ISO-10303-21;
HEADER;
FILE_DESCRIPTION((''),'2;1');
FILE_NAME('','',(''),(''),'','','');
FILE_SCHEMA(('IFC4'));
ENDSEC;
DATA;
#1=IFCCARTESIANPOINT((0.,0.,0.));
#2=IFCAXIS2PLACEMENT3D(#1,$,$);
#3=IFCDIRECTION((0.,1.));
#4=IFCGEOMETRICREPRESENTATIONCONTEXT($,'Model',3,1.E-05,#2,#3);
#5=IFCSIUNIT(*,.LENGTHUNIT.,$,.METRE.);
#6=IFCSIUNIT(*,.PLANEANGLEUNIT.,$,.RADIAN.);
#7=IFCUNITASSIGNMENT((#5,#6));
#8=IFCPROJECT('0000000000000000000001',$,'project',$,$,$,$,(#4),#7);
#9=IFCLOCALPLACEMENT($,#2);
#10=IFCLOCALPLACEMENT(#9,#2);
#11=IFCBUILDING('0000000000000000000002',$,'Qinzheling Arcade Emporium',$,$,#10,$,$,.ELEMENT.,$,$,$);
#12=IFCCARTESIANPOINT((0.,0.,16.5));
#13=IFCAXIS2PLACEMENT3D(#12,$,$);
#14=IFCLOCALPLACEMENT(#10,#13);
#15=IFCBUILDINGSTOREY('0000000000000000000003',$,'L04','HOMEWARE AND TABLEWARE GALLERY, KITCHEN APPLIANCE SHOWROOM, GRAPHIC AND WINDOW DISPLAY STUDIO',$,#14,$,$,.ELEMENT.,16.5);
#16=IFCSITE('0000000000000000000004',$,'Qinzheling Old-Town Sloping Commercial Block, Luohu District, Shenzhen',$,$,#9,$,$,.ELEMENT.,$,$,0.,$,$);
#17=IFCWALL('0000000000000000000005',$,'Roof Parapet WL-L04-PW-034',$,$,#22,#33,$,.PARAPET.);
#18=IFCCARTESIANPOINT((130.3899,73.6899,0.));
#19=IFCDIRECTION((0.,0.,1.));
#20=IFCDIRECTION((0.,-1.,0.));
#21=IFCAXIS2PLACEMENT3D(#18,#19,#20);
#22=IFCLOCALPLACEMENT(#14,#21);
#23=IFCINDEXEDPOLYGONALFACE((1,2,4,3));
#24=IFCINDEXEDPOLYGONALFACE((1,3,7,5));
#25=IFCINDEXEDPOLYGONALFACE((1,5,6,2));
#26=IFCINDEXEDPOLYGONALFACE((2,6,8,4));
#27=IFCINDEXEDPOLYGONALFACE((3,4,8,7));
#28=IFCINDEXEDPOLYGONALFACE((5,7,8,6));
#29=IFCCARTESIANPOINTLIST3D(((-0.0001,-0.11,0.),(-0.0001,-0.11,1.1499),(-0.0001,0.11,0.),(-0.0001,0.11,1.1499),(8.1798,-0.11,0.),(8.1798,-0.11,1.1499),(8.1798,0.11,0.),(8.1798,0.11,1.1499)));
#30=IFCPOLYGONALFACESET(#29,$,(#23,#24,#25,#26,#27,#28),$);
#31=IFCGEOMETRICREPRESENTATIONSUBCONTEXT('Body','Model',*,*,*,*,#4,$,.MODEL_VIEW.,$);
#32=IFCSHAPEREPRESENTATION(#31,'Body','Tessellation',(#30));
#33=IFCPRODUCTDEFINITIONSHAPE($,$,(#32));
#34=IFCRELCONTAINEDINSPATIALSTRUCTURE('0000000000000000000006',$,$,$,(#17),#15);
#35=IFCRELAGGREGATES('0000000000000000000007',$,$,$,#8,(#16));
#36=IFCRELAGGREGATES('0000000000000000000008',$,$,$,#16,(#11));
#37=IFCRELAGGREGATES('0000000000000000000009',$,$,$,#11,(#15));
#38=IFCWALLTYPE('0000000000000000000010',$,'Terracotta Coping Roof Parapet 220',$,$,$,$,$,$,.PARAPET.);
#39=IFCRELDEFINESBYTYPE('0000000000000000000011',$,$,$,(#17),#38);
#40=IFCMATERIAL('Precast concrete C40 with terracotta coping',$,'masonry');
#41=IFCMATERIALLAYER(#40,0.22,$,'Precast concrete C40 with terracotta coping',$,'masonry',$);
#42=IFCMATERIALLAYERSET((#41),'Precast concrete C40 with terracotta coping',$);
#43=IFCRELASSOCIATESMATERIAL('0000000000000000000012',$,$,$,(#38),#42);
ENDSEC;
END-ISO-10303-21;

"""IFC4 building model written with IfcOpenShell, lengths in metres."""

from ifc_helpers import new_model, si_unit, direction, frame, frame_2d, origin, place, context, subcontext, project, spatial, rectangle, extrude, material, layer, layer_set, type_object, element, save


model = new_model("IFC4")

# Units and contexts
model_context = context("Model", 3, precision=1e-05, world=origin(), true_north=direction((0.0, 1.0)))
body_context = subcontext(model_context, "Body", "Model", "MODEL_VIEW")
ifc_project = project(units=[si_unit("LENGTHUNIT", "METRE"), si_unit("PLANEANGLEUNIT", "RADIAN")], contexts=[model_context])

# Site, building, storey
site_placement = place(None, origin())
site = spatial("IfcSite", under=ifc_project, at=site_placement, Name="Qinzheling Old-Town Sloping Commercial Block, Luohu District, Shenzhen", CompositionType="ELEMENT", RefElevation=0.0)
building_placement = place(site_placement, origin())
building = spatial("IfcBuilding", under=site, at=building_placement, Name="Qinzheling Arcade Emporium", CompositionType="ELEMENT")
storey_placement = place(building_placement, frame((0.0, 0.0, 16.5)))
storey = spatial("IfcBuildingStorey", under=building, at=storey_placement, Name="L04", Description="HOMEWARE AND TABLEWARE GALLERY, KITCHEN APPLIANCE SHOWROOM, GRAPHIC AND WINDOW DISPLAY STUDIO", CompositionType="ELEMENT", Elevation=16.5)

# Wall
ifc_material_1 = material(Name="Precast concrete C40 with terracotta coping", Category="masonry")
ifc_layer_1 = layer(ifc_material_1, 0.22, Name="Precast concrete C40 with terracotta coping", Category="masonry")
ifc_layer_set_1 = layer_set([ifc_layer_1], Name="Precast concrete C40 with terracotta coping")
wall_type = type_object("IfcWallType", Name="Terracotta Coping Roof Parapet 220", PredefinedType="PARAPET", material=ifc_layer_set_1)
wall_1_placement = place(storey_placement, frame((130.3899, 73.6899, 0.0), z_axis=(0.0, 0.0, 1.0), x_axis=(0.0, -1.0, 0.0)))
element("IfcWall", 1, at=wall_1_placement, inside=storey, type_object=wall_type, Name="Roof Parapet WL-L04-PW-034", PredefinedType="PARAPET", context=body_context, shape_type="SweptSolid", body=[
    extrude(rectangle(XDim=8.1799, YDim=0.22, at=frame_2d((4.0898, 0.0))), origin(), (0.0, 0.0, 1.0), 1.1499),
])

save(model, "model.ifc")
